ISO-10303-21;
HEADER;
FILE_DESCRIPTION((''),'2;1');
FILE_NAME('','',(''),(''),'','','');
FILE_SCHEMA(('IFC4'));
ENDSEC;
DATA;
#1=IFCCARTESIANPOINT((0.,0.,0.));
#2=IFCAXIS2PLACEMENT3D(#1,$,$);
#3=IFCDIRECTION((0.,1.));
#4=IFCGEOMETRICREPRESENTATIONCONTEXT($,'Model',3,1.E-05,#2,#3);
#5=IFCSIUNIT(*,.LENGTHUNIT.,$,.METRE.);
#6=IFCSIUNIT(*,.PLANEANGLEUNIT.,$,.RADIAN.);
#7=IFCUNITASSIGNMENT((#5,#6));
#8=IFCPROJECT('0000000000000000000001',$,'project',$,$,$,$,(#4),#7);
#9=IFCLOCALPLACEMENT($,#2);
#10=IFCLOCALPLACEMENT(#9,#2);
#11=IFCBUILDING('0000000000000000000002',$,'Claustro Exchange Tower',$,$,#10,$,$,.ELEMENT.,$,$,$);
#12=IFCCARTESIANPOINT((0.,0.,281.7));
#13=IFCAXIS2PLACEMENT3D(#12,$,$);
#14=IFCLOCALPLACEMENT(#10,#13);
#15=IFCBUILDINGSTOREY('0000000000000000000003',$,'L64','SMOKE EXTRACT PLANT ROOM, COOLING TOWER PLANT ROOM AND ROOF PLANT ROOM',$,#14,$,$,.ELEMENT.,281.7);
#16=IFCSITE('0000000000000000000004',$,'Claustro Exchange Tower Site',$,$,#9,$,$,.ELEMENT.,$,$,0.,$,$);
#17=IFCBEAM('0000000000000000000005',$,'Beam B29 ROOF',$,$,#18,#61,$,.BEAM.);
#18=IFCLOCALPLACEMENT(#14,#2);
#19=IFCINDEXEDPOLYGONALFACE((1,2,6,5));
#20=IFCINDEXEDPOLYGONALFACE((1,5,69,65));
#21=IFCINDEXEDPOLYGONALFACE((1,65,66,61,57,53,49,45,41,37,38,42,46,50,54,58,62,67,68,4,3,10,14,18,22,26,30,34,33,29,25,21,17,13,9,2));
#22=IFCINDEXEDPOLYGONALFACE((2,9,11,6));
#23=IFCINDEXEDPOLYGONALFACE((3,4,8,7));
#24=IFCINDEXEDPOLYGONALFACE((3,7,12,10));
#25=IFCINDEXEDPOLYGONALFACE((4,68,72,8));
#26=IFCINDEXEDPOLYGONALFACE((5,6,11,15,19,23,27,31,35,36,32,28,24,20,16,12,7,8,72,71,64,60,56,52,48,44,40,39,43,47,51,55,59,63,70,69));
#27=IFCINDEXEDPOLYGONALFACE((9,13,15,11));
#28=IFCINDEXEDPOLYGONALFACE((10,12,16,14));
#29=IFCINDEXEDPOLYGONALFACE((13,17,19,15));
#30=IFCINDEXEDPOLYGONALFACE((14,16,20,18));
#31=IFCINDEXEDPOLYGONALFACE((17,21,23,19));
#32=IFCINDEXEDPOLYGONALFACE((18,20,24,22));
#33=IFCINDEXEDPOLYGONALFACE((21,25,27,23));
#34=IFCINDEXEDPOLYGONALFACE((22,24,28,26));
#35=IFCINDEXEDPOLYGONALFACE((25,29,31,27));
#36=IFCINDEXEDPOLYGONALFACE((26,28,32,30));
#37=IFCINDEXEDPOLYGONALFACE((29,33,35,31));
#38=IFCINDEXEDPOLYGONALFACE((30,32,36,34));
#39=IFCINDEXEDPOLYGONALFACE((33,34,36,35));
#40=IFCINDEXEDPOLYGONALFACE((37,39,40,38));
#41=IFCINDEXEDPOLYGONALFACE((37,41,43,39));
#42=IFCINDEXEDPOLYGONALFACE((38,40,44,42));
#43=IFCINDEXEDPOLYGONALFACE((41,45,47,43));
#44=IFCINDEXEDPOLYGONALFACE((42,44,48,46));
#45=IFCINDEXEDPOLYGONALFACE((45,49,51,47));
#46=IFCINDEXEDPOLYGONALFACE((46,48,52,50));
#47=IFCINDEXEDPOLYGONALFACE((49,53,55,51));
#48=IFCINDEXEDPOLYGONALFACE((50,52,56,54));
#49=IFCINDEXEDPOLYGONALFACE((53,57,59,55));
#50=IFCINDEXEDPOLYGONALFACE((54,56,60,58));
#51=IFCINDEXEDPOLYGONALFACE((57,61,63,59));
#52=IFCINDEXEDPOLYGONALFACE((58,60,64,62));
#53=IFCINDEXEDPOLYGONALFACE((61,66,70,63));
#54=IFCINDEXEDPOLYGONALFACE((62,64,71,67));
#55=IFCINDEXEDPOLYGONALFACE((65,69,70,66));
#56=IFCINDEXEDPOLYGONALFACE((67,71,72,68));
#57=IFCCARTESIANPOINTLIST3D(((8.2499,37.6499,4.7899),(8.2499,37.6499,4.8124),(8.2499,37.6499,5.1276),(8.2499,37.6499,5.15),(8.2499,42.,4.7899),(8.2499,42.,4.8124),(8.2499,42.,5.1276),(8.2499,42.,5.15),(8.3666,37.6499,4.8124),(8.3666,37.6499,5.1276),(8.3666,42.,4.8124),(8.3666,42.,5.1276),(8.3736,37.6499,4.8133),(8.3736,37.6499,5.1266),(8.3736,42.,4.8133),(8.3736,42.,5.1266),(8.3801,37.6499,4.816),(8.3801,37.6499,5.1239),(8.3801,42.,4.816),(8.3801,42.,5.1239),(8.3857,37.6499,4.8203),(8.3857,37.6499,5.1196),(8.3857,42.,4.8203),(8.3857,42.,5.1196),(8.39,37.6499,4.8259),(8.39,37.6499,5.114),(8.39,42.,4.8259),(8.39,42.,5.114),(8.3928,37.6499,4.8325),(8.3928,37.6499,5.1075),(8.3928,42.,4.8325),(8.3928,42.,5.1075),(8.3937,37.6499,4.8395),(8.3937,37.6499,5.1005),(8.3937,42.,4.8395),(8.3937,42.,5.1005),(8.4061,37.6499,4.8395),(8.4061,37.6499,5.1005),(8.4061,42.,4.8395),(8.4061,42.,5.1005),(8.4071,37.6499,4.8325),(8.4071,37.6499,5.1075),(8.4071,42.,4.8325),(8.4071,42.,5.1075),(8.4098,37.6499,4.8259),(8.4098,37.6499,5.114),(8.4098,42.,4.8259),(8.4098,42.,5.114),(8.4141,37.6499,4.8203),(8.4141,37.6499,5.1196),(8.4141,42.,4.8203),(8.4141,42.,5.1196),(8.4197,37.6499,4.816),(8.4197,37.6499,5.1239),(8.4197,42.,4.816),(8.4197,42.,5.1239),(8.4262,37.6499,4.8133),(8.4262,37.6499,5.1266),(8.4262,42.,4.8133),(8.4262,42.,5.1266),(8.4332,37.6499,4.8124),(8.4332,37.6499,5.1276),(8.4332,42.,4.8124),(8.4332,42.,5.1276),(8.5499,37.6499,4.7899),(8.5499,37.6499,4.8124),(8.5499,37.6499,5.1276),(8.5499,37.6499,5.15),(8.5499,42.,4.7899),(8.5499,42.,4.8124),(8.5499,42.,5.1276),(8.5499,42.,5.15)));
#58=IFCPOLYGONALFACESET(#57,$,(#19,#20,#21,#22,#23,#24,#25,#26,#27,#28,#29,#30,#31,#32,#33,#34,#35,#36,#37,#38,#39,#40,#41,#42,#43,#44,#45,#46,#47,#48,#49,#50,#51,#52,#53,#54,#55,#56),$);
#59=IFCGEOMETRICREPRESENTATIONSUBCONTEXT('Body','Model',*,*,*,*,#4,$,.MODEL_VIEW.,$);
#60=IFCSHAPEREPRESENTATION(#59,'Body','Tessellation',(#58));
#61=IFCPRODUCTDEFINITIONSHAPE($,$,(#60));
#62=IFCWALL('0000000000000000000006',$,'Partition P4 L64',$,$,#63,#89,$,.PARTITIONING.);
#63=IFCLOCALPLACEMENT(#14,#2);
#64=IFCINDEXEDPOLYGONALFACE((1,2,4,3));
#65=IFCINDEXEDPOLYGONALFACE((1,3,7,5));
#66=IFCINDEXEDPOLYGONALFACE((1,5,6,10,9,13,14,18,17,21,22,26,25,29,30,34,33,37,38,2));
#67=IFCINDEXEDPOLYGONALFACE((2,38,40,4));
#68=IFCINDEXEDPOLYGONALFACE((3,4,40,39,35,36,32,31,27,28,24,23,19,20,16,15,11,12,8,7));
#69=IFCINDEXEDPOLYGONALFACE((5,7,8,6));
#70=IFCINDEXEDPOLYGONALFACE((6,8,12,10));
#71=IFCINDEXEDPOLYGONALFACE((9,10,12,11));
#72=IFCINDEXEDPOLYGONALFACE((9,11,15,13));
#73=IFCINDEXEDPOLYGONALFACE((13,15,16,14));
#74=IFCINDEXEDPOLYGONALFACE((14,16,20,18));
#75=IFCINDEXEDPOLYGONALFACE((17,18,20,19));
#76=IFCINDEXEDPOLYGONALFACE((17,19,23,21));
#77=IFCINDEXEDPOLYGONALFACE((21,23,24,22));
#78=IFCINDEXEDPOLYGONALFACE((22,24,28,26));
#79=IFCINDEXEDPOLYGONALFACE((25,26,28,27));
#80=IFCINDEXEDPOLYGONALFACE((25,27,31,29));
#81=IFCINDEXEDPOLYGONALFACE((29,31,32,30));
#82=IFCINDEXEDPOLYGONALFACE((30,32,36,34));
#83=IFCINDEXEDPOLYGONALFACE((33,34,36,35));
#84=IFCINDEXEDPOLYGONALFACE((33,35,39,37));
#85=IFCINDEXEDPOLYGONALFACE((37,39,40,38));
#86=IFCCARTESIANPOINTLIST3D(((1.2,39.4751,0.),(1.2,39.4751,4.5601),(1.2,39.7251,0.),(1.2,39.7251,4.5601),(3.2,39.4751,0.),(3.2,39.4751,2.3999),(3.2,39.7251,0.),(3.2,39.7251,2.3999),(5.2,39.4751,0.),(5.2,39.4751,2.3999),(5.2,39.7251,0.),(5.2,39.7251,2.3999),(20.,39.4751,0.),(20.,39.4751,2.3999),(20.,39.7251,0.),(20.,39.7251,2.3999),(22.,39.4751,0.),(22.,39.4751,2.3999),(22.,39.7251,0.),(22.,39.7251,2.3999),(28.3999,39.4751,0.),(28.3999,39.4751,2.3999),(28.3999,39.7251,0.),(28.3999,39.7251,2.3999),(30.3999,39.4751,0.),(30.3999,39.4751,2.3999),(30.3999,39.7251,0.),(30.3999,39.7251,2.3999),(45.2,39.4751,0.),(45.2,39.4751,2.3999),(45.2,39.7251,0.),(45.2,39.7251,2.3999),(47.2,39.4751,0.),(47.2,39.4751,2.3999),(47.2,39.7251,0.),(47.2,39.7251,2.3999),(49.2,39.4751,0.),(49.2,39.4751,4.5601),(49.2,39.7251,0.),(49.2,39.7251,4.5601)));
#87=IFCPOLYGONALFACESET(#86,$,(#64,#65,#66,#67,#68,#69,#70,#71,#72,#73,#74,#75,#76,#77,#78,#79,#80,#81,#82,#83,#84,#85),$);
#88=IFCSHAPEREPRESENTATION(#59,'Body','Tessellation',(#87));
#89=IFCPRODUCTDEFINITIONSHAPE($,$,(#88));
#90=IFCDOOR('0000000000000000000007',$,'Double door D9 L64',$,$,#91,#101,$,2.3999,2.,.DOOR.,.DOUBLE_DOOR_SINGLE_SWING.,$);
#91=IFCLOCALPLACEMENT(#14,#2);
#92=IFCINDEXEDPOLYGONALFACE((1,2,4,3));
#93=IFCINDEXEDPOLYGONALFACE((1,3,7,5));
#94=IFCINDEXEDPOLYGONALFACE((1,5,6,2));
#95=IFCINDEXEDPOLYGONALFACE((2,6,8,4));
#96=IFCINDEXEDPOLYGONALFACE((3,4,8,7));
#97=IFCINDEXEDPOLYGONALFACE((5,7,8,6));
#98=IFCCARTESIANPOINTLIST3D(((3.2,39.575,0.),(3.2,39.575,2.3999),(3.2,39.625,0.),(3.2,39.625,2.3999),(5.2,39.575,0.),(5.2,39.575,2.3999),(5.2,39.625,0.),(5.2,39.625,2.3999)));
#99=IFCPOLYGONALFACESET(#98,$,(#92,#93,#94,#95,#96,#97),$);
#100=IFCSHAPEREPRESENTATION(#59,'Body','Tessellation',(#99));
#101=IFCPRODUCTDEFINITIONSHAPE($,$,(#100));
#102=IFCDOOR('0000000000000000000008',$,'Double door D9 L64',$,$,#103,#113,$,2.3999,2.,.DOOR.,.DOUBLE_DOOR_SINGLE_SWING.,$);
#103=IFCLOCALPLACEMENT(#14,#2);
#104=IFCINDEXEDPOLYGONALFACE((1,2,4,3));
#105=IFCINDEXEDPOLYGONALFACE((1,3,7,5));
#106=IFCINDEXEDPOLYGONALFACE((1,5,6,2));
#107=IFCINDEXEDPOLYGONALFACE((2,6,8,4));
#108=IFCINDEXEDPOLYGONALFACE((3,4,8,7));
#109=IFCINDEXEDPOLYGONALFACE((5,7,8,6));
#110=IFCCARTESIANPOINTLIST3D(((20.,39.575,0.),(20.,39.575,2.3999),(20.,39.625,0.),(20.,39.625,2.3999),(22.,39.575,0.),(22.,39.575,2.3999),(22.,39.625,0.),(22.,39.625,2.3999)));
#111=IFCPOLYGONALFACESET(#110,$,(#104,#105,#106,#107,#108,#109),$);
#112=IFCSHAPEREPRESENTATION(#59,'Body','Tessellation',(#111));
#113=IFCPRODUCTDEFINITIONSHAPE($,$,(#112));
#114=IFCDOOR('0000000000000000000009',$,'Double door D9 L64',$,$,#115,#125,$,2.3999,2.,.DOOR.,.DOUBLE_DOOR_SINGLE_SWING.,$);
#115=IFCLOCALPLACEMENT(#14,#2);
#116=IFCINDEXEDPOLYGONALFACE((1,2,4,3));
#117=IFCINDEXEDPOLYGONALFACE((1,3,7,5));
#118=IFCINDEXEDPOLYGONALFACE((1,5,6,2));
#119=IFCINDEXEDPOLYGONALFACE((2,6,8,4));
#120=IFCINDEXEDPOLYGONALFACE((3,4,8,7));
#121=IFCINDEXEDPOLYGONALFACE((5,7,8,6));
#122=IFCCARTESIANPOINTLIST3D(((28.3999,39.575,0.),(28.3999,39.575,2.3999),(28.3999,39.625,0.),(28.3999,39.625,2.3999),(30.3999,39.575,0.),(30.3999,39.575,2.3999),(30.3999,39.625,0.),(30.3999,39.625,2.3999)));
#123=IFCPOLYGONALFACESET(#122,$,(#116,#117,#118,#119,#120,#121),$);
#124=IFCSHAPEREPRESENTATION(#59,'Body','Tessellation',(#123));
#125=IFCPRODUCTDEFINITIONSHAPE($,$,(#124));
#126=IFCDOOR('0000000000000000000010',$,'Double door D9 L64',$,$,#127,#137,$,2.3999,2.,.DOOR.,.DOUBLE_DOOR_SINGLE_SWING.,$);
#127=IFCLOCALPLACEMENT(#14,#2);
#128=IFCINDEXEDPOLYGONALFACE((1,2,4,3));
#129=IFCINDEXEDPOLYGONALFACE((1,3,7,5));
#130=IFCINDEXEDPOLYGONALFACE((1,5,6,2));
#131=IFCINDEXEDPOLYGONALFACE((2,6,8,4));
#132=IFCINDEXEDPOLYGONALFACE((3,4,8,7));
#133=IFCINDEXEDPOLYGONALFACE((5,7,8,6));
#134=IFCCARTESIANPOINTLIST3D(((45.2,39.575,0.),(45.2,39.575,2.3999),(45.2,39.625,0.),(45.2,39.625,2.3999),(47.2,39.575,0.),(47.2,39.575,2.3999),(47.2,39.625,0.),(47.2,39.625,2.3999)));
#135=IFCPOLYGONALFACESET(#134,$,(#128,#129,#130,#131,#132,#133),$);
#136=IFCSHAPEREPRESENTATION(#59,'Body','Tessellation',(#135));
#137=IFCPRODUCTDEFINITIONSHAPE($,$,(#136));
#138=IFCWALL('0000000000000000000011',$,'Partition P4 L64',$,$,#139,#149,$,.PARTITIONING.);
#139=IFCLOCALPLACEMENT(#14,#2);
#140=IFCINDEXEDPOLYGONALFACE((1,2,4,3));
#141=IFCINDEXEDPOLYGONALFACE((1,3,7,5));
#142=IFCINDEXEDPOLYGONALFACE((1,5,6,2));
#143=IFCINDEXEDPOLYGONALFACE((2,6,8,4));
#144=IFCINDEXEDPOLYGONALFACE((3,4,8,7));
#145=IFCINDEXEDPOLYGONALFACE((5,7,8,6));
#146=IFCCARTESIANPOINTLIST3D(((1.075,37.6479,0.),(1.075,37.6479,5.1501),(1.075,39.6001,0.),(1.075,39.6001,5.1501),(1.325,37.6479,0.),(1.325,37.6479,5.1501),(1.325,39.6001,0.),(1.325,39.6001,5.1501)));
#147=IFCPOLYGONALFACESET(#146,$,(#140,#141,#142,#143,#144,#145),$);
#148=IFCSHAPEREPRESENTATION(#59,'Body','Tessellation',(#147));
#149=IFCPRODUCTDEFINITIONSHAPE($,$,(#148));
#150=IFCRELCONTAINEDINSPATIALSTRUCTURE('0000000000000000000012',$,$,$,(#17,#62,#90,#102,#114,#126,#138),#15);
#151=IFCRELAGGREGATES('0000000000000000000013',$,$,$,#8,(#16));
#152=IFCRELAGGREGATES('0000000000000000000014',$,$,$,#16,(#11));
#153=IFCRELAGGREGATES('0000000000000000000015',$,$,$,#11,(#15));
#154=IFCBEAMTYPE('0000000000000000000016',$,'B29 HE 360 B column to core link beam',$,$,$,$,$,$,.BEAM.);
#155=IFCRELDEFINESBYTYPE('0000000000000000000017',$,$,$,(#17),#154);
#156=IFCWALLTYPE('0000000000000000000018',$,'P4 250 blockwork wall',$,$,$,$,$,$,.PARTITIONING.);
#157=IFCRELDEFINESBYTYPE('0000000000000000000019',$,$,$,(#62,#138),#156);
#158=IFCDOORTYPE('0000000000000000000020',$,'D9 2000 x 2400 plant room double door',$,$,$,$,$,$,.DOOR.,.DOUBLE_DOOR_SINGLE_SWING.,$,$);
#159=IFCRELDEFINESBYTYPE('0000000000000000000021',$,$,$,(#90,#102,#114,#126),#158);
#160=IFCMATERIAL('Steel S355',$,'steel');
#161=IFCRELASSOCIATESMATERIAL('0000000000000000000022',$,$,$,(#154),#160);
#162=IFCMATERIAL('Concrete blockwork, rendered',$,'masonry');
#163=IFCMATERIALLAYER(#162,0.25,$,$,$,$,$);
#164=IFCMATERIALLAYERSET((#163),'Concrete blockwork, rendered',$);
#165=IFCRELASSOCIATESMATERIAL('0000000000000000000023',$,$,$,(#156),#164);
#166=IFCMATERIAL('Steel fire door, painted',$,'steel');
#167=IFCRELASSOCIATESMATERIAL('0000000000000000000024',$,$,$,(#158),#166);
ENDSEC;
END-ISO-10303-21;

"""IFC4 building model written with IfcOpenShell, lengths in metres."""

from ifc_helpers import new_model, si_unit, direction, frame, frame_2d, origin, origin_2d, place, context, subcontext, project, spatial, rectangle, i_section, extrude, material, layer, layer_set, material_profile, profile_set, type_object, element, fill, save


model = new_model("IFC4")

# Units and contexts
model_context = context("Model", 3, precision=1e-05, world=origin(), true_north=direction((0.0, 1.0)))
body_context = subcontext(model_context, "Body", "Model", "MODEL_VIEW")
ifc_project = project(units=[si_unit("LENGTHUNIT", "METRE"), si_unit("PLANEANGLEUNIT", "RADIAN")], contexts=[model_context])

# Site, building, storey
site_placement = place(None, origin())
site = spatial("IfcSite", under=ifc_project, at=site_placement, Name="Claustro Exchange Tower Site", CompositionType="ELEMENT", RefElevation=0.0)
building_placement = place(site_placement, origin())
building = spatial("IfcBuilding", under=site, at=building_placement, Name="Claustro Exchange Tower", CompositionType="ELEMENT")
storey_placement = place(building_placement, frame((0.0, 0.0, 281.7)))
storey = spatial("IfcBuildingStorey", under=building, at=storey_placement, Name="L64", Description="SMOKE EXTRACT PLANT ROOM, COOLING TOWER PLANT ROOM AND ROOF PLANT ROOM", CompositionType="ELEMENT", Elevation=281.7)

# Beam
ifc_material_1 = material(Name="Steel S355", Category="steel")
ifc_material_profile_1 = material_profile(ifc_material_1, i_section(OverallWidth=0.3, OverallDepth=0.3601, WebThickness=0.0125, FlangeThickness=0.0225, FilletRadius=0.0271, at=origin_2d()), Name="HE 360 B")
ifc_profile_set_1 = profile_set([ifc_material_profile_1], Name="Steel S355")
beam_type_1 = type_object("IfcBeamType", Name="B29 HE 360 B column to core link beam", PredefinedType="BEAM", material=ifc_profile_set_1)
beam_1_placement = place(storey_placement, frame((8.3999, 37.6499, 4.97), z_axis=(0.0, 1.0, 0.0), x_axis=(-1.0, 0.0, 0.0)))
element("IfcBeam", 1, at=beam_1_placement, inside=storey, type_object=beam_type_1, Name="Beam B29 ROOF", PredefinedType="BEAM", context=body_context, shape_type="SweptSolid", body=[
    extrude(i_section(OverallWidth=0.3, OverallDepth=0.3601, WebThickness=0.0125, FlangeThickness=0.0225, FilletRadius=0.0271, at=origin_2d()), origin(), (0.0, 0.0, 1.0), 4.3501),
])

# Wall, openings, doors
ifc_material_2 = material(Name="Concrete blockwork, rendered", Category="masonry")
ifc_layer_1 = layer(ifc_material_2, 0.25)
ifc_layer_set_1 = layer_set([ifc_layer_1], Name="Concrete blockwork, rendered")
wall_type_1 = type_object("IfcWallType", Name="P4 250 blockwork wall", PredefinedType="PARTITIONING", material=ifc_layer_set_1)
wall_1_placement = place(storey_placement, frame((1.2, 39.6001, 0.0), z_axis=(0.0, 0.0, 1.0), x_axis=(1.0, 0.0, 0.0)))
wall_1 = element("IfcWall", 2, at=wall_1_placement, inside=storey, type_object=wall_type_1, Name="Partition P4 L64", PredefinedType="PARTITIONING", context=body_context, shape_type="SweptSolid", body=[
    extrude(rectangle(XDim=48.0, YDim=0.25, at=frame_2d((24.0, 0.0))), origin(), (0.0, 0.0, 1.0), 4.5601),
])
opening_1_placement = place(wall_1_placement, frame((2.0, 0.0, 0.0)))
opening_1 = element("IfcOpeningElement", 3, at=opening_1_placement, cuts=wall_1, PredefinedType="OPENING", context=body_context, shape_type="SweptSolid", body=[
    extrude(rectangle(XDim=2.0, YDim=2.3999, at=frame_2d((1.0, 1.2))), frame((0.0, 0.135, 0.0), z_axis=(0.0, -1.0, 0.0), x_axis=(1.0, 0.0, 0.0)), (0.0, 0.0, 1.0), 0.27),
])
opening_2_placement = place(wall_1_placement, frame((18.8, 0.0, 0.0)))
opening_2 = element("IfcOpeningElement", 4, at=opening_2_placement, cuts=wall_1, PredefinedType="OPENING", context=body_context, shape_type="SweptSolid", body=[
    extrude(rectangle(XDim=2.0, YDim=2.3999, at=frame_2d((1.0, 1.2))), frame((0.0, 0.135, 0.0), z_axis=(0.0, -1.0, 0.0), x_axis=(1.0, 0.0, 0.0)), (0.0, 0.0, 1.0), 0.27),
])
opening_3_placement = place(wall_1_placement, frame((27.2, 0.0, 0.0)))
opening_3 = element("IfcOpeningElement", 5, at=opening_3_placement, cuts=wall_1, PredefinedType="OPENING", context=body_context, shape_type="SweptSolid", body=[
    extrude(rectangle(XDim=2.0, YDim=2.3999, at=frame_2d((1.0, 1.2))), frame((0.0, 0.135, 0.0), z_axis=(0.0, -1.0, 0.0), x_axis=(1.0, 0.0, 0.0)), (0.0, 0.0, 1.0), 0.27),
])
opening_4_placement = place(wall_1_placement, frame((44.0, 0.0, 0.0)))
opening_4 = element("IfcOpeningElement", 6, at=opening_4_placement, cuts=wall_1, PredefinedType="OPENING", context=body_context, shape_type="SweptSolid", body=[
    extrude(rectangle(XDim=2.0, YDim=2.3999, at=frame_2d((1.0, 1.2))), frame((0.0, 0.135, 0.0), z_axis=(0.0, -1.0, 0.0), x_axis=(1.0, 0.0, 0.0)), (0.0, 0.0, 1.0), 0.27),
])
ifc_material_3 = material(Name="Steel fire door, painted", Category="steel")
door_type = type_object("IfcDoorType", Name="D9 2000 x 2400 plant room double door", OperationType="DOUBLE_DOOR_SINGLE_SWING", PredefinedType="DOOR", material=ifc_material_3)
door_1_placement = place(opening_1_placement, origin())
door_1 = element("IfcDoor", 7, at=door_1_placement, inside=storey, type_object=door_type, Name="Double door D9 L64", OperationType="DOUBLE_DOOR_SINGLE_SWING", OverallHeight=2.3999, OverallWidth=2.0, PredefinedType="DOOR", context=body_context, shape_type="SweptSolid", body=[
    extrude(rectangle(XDim=2.0, YDim=2.3999, at=frame_2d((1.0, 1.2))), frame((0.0, 0.0249, 0.0), z_axis=(0.0, -1.0, 0.0), x_axis=(1.0, 0.0, 0.0)), (0.0, 0.0, 1.0), 0.05),
])
fill(opening_1, door_1)
door_2_placement = place(opening_2_placement, origin())
door_2 = element("IfcDoor", 8, at=door_2_placement, inside=storey, type_object=door_type, Name="Double door D9 L64", OperationType="DOUBLE_DOOR_SINGLE_SWING", OverallHeight=2.3999, OverallWidth=2.0, PredefinedType="DOOR", context=body_context, shape_type="SweptSolid", body=[
    extrude(rectangle(XDim=2.0, YDim=2.3999, at=frame_2d((1.0, 1.2))), frame((0.0, 0.0249, 0.0), z_axis=(0.0, -1.0, 0.0), x_axis=(1.0, 0.0, 0.0)), (0.0, 0.0, 1.0), 0.05),
])
fill(opening_2, door_2)
door_3_placement = place(opening_3_placement, origin())
door_3 = element("IfcDoor", 9, at=door_3_placement, inside=storey, type_object=door_type, Name="Double door D9 L64", OperationType="DOUBLE_DOOR_SINGLE_SWING", OverallHeight=2.3999, OverallWidth=2.0, PredefinedType="DOOR", context=body_context, shape_type="SweptSolid", body=[
    extrude(rectangle(XDim=2.0, YDim=2.3999, at=frame_2d((1.0, 1.2))), frame((0.0, 0.0249, 0.0), z_axis=(0.0, -1.0, 0.0), x_axis=(1.0, 0.0, 0.0)), (0.0, 0.0, 1.0), 0.05),
])
fill(opening_3, door_3)
door_4_placement = place(opening_4_placement, origin())
door_4 = element("IfcDoor", 10, at=door_4_placement, inside=storey, type_object=door_type, Name="Double door D9 L64", OperationType="DOUBLE_DOOR_SINGLE_SWING", OverallHeight=2.3999, OverallWidth=2.0, PredefinedType="DOOR", context=body_context, shape_type="SweptSolid", body=[
    extrude(rectangle(XDim=2.0, YDim=2.3999, at=frame_2d((1.0, 1.2))), frame((0.0, 0.0249, 0.0), z_axis=(0.0, -1.0, 0.0), x_axis=(1.0, 0.0, 0.0)), (0.0, 0.0, 1.0), 0.05),
])
fill(opening_4, door_4)

# Wall
wall_2_placement = place(storey_placement, frame((1.2, 37.6479, 0.0), z_axis=(0.0, 0.0, 1.0), x_axis=(0.0, 1.0, 0.0)))
element("IfcWall", 11, at=wall_2_placement, inside=storey, type_object=wall_type_1, Name="Partition P4 L64", PredefinedType="PARTITIONING", context=body_context, shape_type="SweptSolid", body=[
    extrude(rectangle(XDim=1.9521, YDim=0.25, at=frame_2d((0.9761, 0.0))), origin(), (0.0, 0.0, 1.0), 5.1501),
])

save(model, "model.ifc")
